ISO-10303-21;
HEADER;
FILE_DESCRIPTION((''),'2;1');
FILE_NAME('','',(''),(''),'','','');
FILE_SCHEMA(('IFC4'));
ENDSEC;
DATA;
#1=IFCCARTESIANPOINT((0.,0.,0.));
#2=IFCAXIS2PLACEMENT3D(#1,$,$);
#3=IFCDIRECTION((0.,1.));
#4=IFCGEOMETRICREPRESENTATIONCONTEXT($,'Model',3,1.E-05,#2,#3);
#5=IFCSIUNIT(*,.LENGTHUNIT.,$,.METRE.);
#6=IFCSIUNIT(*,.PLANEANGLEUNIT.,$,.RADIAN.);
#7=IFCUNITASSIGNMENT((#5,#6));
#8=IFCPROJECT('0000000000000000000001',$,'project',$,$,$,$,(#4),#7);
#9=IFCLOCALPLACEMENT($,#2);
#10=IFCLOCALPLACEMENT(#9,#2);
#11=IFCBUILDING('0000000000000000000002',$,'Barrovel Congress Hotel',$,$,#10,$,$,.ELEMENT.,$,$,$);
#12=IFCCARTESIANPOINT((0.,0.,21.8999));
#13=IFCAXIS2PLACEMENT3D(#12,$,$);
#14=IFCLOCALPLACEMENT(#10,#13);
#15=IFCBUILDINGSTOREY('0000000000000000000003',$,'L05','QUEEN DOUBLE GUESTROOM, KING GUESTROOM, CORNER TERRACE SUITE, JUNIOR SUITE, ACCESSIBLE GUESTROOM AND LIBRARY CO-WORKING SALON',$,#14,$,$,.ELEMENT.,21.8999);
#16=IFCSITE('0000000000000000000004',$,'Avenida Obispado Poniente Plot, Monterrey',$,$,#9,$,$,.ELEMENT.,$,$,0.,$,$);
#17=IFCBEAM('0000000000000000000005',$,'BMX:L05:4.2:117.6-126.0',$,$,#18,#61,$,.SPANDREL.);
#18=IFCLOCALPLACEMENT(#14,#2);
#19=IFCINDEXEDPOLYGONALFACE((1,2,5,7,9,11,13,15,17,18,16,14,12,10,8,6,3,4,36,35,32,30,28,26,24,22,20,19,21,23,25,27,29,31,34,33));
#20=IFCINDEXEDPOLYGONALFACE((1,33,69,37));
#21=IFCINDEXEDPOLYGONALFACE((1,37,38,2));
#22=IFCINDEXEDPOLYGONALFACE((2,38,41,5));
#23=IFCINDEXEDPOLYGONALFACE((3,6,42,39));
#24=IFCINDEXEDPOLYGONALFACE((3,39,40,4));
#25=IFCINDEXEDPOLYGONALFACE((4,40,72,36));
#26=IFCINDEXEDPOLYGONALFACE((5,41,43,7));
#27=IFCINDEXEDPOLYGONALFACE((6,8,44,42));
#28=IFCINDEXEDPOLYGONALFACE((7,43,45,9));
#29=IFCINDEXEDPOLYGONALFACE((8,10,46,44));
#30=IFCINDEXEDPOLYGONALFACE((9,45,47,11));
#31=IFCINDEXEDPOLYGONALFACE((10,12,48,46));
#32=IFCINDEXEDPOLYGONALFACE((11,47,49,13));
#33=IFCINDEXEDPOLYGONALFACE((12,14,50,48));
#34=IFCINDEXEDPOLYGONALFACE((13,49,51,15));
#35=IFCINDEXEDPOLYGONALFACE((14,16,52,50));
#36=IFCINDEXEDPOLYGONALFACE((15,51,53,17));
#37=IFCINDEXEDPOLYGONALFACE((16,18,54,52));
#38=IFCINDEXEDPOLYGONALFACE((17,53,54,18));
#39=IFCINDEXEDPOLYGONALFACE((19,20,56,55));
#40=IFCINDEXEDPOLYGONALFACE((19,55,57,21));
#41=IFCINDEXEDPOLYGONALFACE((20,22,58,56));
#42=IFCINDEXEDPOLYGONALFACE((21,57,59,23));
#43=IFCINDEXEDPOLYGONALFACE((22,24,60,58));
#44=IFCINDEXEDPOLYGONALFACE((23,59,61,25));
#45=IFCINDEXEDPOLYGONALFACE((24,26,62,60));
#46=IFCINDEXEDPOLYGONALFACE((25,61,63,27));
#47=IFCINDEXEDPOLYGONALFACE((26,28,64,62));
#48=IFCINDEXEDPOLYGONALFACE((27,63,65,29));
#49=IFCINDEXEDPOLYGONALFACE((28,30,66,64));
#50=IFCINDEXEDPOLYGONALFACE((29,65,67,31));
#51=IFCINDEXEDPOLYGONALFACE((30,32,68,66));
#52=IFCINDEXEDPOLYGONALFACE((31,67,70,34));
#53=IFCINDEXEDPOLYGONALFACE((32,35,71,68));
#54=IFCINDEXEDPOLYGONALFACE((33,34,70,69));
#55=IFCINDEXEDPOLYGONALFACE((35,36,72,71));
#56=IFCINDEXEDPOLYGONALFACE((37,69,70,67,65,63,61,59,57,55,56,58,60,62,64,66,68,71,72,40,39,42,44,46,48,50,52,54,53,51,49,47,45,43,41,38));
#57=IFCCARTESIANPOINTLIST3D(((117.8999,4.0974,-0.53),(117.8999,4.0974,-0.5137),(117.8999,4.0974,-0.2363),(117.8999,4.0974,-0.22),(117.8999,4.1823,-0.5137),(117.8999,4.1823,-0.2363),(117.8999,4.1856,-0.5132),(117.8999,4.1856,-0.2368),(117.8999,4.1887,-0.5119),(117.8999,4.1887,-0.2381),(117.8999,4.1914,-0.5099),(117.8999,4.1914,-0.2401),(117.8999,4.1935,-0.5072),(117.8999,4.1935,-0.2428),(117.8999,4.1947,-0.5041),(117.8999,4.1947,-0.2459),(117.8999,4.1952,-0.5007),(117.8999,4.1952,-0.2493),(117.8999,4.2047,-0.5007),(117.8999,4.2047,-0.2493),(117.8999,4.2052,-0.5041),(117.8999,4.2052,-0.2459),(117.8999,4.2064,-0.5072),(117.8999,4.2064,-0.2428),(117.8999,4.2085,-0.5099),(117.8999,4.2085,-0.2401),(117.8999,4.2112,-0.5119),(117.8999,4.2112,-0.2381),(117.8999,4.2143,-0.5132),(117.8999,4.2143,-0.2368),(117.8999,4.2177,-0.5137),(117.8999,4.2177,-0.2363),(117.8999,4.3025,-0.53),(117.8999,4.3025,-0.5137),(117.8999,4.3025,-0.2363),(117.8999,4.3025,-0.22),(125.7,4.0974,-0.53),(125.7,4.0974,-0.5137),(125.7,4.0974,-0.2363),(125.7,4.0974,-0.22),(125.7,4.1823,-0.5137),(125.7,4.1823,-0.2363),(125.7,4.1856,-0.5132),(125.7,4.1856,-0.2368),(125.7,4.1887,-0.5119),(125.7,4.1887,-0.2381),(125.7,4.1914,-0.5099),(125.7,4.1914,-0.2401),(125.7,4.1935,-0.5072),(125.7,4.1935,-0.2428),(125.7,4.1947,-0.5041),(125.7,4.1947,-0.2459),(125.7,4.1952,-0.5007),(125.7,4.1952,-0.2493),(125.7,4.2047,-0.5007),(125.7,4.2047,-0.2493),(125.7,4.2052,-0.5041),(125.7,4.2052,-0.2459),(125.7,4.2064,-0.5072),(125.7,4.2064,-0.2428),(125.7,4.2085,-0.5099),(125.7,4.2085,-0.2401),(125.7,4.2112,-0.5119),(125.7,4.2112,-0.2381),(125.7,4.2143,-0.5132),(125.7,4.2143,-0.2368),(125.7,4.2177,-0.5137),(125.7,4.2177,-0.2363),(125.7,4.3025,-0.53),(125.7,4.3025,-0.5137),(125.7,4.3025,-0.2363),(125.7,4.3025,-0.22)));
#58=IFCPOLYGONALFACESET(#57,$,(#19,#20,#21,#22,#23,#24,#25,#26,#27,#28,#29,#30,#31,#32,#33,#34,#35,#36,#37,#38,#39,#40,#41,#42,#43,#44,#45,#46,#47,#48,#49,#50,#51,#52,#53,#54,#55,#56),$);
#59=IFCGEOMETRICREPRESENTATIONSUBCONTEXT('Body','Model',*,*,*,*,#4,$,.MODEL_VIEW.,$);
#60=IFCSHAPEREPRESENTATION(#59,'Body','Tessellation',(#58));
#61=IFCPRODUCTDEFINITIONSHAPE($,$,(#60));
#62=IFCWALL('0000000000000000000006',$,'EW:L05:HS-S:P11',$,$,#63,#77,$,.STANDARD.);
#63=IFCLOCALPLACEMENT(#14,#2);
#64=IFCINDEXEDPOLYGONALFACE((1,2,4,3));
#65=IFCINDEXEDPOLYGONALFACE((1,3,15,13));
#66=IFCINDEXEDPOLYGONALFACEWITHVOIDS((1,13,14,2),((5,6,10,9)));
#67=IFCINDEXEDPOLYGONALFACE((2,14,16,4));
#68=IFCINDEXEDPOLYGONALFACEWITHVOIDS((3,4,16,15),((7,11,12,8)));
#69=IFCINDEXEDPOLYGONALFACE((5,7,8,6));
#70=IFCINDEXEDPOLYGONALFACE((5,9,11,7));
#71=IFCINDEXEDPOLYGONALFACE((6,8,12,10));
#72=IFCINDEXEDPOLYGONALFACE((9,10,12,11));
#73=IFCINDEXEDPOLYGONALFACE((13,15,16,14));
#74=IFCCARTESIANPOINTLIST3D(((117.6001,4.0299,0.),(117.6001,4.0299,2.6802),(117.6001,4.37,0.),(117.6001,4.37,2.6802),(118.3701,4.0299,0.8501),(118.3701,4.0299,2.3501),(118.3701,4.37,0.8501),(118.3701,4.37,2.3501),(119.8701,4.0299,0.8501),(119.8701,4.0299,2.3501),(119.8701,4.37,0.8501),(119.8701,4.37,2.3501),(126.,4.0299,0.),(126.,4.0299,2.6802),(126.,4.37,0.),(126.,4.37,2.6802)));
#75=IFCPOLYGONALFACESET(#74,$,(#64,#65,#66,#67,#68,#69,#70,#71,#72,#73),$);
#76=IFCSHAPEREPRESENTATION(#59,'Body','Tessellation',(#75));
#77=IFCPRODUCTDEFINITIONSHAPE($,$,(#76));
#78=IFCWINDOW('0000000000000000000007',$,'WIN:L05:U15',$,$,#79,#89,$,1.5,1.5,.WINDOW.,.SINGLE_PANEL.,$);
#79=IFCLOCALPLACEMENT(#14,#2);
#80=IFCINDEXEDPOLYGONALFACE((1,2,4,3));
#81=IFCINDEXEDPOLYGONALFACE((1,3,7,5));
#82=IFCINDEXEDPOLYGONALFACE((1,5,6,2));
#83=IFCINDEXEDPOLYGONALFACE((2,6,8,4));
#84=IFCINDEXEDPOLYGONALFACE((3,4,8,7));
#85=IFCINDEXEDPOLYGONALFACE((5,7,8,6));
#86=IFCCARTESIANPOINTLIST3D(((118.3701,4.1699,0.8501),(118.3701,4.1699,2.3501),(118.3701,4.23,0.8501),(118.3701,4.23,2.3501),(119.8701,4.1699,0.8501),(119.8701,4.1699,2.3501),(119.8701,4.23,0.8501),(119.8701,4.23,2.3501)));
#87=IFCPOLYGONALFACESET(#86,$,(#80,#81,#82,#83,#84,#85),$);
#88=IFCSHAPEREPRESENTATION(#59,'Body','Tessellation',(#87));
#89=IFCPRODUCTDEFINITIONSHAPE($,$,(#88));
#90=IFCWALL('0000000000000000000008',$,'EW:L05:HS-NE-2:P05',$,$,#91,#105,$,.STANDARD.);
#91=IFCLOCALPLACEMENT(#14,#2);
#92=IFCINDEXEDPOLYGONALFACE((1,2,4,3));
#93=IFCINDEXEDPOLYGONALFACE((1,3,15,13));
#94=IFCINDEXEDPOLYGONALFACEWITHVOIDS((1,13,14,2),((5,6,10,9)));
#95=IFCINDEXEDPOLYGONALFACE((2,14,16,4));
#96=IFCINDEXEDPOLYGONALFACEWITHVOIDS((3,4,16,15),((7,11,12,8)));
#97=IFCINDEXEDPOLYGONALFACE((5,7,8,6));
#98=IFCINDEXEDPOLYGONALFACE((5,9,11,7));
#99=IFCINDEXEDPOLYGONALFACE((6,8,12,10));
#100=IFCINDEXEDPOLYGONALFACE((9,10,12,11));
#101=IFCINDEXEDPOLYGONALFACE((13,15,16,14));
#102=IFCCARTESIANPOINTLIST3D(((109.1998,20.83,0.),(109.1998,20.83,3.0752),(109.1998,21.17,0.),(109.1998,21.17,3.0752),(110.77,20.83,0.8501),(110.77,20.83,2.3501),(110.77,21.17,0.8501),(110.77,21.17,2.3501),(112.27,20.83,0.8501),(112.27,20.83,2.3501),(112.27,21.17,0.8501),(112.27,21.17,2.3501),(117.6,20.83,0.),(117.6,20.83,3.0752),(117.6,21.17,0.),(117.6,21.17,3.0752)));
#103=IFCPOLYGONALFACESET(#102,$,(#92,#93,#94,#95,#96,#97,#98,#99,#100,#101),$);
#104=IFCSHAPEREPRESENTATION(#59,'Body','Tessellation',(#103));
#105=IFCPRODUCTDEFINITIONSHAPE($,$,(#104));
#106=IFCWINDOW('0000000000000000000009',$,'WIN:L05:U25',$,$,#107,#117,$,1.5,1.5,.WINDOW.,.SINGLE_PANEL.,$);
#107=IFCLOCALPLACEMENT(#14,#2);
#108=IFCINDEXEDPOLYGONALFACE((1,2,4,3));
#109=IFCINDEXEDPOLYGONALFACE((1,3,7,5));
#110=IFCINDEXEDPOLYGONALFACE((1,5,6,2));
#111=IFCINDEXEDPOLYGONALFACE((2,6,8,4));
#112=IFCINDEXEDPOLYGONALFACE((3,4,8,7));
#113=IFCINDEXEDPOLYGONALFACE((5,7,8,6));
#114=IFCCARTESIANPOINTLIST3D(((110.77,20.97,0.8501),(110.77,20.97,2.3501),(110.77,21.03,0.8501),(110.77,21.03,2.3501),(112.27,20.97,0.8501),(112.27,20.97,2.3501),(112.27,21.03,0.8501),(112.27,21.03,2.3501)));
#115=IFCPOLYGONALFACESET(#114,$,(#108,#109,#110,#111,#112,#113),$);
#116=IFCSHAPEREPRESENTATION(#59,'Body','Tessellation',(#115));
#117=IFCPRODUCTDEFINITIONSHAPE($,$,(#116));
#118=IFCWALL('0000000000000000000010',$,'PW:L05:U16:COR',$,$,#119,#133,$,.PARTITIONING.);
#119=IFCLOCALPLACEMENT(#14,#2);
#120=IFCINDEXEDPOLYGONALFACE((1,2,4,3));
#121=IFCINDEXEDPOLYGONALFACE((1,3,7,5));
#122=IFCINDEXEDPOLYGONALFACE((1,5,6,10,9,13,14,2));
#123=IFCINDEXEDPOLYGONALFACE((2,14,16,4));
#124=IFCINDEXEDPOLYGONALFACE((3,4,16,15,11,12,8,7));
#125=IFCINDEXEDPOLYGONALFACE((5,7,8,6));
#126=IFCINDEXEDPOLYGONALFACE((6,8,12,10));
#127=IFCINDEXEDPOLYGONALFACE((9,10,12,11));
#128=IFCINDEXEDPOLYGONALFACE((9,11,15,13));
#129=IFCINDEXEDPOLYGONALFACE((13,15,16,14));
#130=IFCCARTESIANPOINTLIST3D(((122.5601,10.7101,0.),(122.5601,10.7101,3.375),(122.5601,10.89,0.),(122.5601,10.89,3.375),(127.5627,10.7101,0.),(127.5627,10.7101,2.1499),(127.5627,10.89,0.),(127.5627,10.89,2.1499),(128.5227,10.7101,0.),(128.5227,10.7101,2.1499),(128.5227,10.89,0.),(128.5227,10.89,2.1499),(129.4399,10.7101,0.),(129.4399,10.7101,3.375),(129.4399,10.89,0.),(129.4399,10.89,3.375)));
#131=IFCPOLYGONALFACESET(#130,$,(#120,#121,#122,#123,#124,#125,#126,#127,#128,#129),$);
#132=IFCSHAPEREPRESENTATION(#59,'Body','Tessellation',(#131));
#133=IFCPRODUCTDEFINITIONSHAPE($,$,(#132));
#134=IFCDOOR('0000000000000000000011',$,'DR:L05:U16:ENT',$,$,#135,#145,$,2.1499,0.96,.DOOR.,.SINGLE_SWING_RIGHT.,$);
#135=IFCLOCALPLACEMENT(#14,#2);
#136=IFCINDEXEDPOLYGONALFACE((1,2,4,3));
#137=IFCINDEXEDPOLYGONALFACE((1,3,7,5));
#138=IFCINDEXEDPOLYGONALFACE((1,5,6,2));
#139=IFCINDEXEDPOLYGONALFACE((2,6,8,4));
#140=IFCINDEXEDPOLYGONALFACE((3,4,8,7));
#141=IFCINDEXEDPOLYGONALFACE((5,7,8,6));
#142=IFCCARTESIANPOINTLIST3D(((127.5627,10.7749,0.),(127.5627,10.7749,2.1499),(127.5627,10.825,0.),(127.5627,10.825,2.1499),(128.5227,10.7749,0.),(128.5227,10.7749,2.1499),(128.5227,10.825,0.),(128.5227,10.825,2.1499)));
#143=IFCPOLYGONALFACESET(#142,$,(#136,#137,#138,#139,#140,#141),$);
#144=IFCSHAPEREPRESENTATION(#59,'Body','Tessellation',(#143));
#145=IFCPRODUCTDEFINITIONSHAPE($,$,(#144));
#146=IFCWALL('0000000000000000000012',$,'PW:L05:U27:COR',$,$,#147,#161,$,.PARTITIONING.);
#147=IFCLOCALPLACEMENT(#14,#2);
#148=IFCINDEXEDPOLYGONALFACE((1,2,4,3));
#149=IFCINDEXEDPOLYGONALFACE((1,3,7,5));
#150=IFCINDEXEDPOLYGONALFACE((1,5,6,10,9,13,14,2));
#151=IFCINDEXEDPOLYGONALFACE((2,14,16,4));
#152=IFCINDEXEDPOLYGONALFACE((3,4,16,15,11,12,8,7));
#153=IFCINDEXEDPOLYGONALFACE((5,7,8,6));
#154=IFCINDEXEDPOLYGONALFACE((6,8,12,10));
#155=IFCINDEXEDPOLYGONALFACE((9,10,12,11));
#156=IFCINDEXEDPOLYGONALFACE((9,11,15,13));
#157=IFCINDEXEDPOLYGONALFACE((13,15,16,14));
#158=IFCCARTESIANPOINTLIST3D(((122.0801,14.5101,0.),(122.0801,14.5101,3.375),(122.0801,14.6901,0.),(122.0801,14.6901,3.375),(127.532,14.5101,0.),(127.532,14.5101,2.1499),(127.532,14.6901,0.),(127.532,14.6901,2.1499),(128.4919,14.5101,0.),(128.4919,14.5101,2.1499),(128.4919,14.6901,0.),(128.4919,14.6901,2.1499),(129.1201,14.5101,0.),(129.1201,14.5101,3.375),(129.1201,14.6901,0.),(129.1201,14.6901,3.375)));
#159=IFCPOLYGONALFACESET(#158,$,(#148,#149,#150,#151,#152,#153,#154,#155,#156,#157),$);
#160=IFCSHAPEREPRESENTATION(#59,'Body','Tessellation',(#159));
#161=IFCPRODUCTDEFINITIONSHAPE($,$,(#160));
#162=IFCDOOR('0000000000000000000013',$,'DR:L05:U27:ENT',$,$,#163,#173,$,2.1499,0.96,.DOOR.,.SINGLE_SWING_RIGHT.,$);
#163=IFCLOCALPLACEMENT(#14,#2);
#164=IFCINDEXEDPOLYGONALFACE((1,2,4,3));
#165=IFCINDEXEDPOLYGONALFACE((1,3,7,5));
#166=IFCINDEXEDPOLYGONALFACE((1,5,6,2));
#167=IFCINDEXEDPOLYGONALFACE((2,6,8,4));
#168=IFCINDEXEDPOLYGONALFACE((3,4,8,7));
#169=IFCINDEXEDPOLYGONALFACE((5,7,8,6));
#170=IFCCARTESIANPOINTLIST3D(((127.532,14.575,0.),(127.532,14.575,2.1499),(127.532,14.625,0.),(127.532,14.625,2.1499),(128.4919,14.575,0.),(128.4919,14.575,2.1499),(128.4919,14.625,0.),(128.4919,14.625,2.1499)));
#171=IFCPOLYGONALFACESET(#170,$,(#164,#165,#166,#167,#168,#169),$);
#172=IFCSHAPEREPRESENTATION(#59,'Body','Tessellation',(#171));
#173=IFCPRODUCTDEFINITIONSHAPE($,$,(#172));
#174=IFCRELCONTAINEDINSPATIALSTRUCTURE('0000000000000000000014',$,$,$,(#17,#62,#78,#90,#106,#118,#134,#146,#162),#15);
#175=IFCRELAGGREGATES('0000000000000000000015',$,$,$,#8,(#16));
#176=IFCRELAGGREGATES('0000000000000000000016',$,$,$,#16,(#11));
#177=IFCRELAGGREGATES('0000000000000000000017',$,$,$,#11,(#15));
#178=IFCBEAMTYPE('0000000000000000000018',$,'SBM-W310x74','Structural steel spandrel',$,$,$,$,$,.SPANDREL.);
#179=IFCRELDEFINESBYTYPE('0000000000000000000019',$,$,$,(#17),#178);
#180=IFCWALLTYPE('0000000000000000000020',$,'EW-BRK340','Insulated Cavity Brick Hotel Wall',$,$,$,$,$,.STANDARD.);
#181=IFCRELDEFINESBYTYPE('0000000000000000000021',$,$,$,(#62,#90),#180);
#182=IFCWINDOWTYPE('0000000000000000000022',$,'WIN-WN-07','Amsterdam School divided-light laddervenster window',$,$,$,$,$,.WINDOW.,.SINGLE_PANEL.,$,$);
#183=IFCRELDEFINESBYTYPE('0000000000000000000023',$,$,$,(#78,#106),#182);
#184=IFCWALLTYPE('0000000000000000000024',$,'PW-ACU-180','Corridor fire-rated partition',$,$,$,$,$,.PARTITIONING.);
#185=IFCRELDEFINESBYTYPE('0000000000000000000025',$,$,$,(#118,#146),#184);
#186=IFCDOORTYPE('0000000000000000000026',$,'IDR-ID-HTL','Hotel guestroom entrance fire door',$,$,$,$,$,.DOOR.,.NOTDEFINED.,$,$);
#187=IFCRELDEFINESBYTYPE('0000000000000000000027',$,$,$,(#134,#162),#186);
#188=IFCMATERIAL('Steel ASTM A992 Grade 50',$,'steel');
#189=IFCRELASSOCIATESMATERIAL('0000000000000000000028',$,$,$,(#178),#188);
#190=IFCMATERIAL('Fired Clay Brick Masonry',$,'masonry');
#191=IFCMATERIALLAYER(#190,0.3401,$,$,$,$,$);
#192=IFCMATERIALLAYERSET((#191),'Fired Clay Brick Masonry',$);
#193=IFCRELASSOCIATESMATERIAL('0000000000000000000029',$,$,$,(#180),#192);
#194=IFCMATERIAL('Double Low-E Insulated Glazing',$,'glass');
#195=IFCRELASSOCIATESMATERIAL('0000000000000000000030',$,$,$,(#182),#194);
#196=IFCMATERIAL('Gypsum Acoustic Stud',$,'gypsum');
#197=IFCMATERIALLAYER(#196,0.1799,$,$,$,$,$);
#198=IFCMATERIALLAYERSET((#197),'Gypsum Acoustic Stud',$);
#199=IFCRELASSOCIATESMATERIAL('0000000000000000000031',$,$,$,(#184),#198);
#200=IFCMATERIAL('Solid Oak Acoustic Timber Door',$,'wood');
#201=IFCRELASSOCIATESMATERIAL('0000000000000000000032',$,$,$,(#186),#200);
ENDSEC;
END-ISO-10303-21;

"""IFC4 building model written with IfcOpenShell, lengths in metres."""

from ifc_helpers import new_model, si_unit, direction, frame, frame_2d, origin, origin_2d, place, context, subcontext, project, spatial, rectangle, i_section, extrude, material, layer, layer_set, material_profile, profile_set, type_object, element, fill, save


model = new_model("IFC4")

# Units and contexts
model_context = context("Model", 3, precision=1e-05, world=origin(), true_north=direction((0.0, 1.0)))
body_context = subcontext(model_context, "Body", "Model", "MODEL_VIEW")
ifc_project = project(units=[si_unit("LENGTHUNIT", "METRE"), si_unit("PLANEANGLEUNIT", "RADIAN")], contexts=[model_context])

# Site, building, storey
site_placement = place(None, origin())
site = spatial("IfcSite", under=ifc_project, at=site_placement, Name="Avenida Obispado Poniente Plot, Monterrey", CompositionType="ELEMENT", RefElevation=0.0)
building_placement = place(site_placement, origin())
building = spatial("IfcBuilding", under=site, at=building_placement, Name="Barrovel Congress Hotel", CompositionType="ELEMENT")
storey_placement = place(building_placement, frame((0.0, 0.0, 21.8999)))
storey = spatial("IfcBuildingStorey", under=building, at=storey_placement, Name="L05", Description="QUEEN DOUBLE GUESTROOM, KING GUESTROOM, CORNER TERRACE SUITE, JUNIOR SUITE, ACCESSIBLE GUESTROOM AND LIBRARY CO-WORKING SALON", CompositionType="ELEMENT", Elevation=21.8999)

# Beam
ifc_material_1 = material(Name="Steel ASTM A992 Grade 50", Category="steel")
ifc_material_profile_1 = material_profile(ifc_material_1, i_section(OverallWidth=0.2051, OverallDepth=0.3101, WebThickness=0.0095, FlangeThickness=0.0164, FilletRadius=0.0129, at=origin_2d()), Name="W310x74")
ifc_profile_set_1 = profile_set([ifc_material_profile_1], Name="Steel ASTM A992 Grade 50")
beam_type_1 = type_object("IfcBeamType", Name="SBM-W310x74", Description="Structural steel spandrel", PredefinedType="SPANDREL", material=ifc_profile_set_1)
beam_1_placement = place(storey_placement, frame((117.8999, 4.2, -0.375), z_axis=(1.0, 0.0, 0.0), x_axis=(0.0, 1.0, 0.0)))
element("IfcBeam", 1, at=beam_1_placement, inside=storey, type_object=beam_type_1, Name="BMX:L05:4.2:117.6-126.0", PredefinedType="SPANDREL", context=body_context, shape_type="SweptSolid", body=[
    extrude(i_section(OverallWidth=0.2051, OverallDepth=0.3101, WebThickness=0.0095, FlangeThickness=0.0164, FilletRadius=0.0129, at=origin_2d()), origin(), (0.0, 0.0, 1.0), 7.8),
])

# Walls, openings, windows
ifc_material_2 = material(Name="Fired Clay Brick Masonry", Category="masonry")
ifc_layer_1 = layer(ifc_material_2, 0.3401)
ifc_layer_set_1 = layer_set([ifc_layer_1], Name="Fired Clay Brick Masonry")
wall_type_1 = type_object("IfcWallType", Name="EW-BRK340", Description="Insulated Cavity Brick Hotel Wall", PredefinedType="STANDARD", material=ifc_layer_set_1)
wall_1_placement = place(storey_placement, frame((117.6001, 4.2, 0.0), z_axis=(0.0, 0.0, 1.0), x_axis=(1.0, 0.0, 0.0)))
wall_1 = element("IfcWall", 2, at=wall_1_placement, inside=storey, type_object=wall_type_1, Name="EW:L05:HS-S:P11", PredefinedType="STANDARD", context=body_context, shape_type="SweptSolid", body=[
    extrude(rectangle(XDim=8.3999, YDim=0.3401, at=frame_2d((4.2, 0.0))), origin(), (0.0, 0.0, 1.0), 2.6802),
])
opening_1_placement = place(wall_1_placement, frame((0.77, 0.0, 0.8501)))
opening_1 = element("IfcOpeningElement", 3, at=opening_1_placement, cuts=wall_1, PredefinedType="OPENING", context=body_context, shape_type="SweptSolid", body=[
    extrude(rectangle(XDim=1.5, YDim=1.5, at=frame_2d((0.75, 0.75))), frame((0.0, 0.1802, 0.0), z_axis=(0.0, -1.0, 0.0), x_axis=(1.0, 0.0, 0.0)), (0.0, 0.0, 1.0), 0.3601),
])
ifc_material_3 = material(Name="Double Low-E Insulated Glazing", Category="glass")
window_type = type_object("IfcWindowType", Name="WIN-WN-07", Description="Amsterdam School divided-light laddervenster window", PartitioningType="SINGLE_PANEL", PredefinedType="WINDOW", material=ifc_material_3)
window_1_placement = place(opening_1_placement, origin())
window_1 = element("IfcWindow", 4, at=window_1_placement, inside=storey, type_object=window_type, Name="WIN:L05:U15", OverallHeight=1.5, OverallWidth=1.5, PartitioningType="SINGLE_PANEL", PredefinedType="WINDOW", context=body_context, shape_type="SweptSolid", body=[
    extrude(rectangle(XDim=1.5, YDim=1.5, at=frame_2d((0.75, 0.75))), frame((0.0, 0.03, 0.0), z_axis=(0.0, -1.0, 0.0), x_axis=(1.0, 0.0, 0.0)), (0.0, 0.0, 1.0), 0.0601),
])
fill(opening_1, window_1)
wall_2_placement = place(storey_placement, frame((117.6001, 21.0, 0.0), z_axis=(0.0, 0.0, 1.0), x_axis=(-1.0, 0.0, 0.0)))
wall_2 = element("IfcWall", 5, at=wall_2_placement, inside=storey, type_object=wall_type_1, Name="EW:L05:HS-NE-2:P05", PredefinedType="STANDARD", context=body_context, shape_type="SweptSolid", body=[
    extrude(rectangle(XDim=8.4001, YDim=0.3401, at=frame_2d((4.2002, 0.0))), origin(), (0.0, 0.0, 1.0), 3.0752),
])
opening_2_placement = place(wall_2_placement, frame((5.3301, 0.0, 0.8501)))
opening_2 = element("IfcOpeningElement", 6, at=opening_2_placement, cuts=wall_2, PredefinedType="OPENING", context=body_context, shape_type="SweptSolid", body=[
    extrude(rectangle(XDim=1.5, YDim=1.5, at=frame_2d((0.75, 0.75))), frame((0.0, 0.1802, 0.0), z_axis=(0.0, -1.0, 0.0), x_axis=(1.0, 0.0, 0.0)), (0.0, 0.0, 1.0), 0.3601),
])
window_2_placement = place(opening_2_placement, origin())
window_2 = element("IfcWindow", 7, at=window_2_placement, inside=storey, type_object=window_type, Name="WIN:L05:U25", OverallHeight=1.5, OverallWidth=1.5, PartitioningType="SINGLE_PANEL", PredefinedType="WINDOW", context=body_context, shape_type="SweptSolid", body=[
    extrude(rectangle(XDim=1.5, YDim=1.5, at=frame_2d((0.75, 0.75))), frame((0.0, 0.03, 0.0), z_axis=(0.0, -1.0, 0.0), x_axis=(1.0, 0.0, 0.0)), (0.0, 0.0, 1.0), 0.0601),
])
fill(opening_2, window_2)

# Walls, openings, doors
ifc_material_4 = material(Name="Gypsum Acoustic Stud", Category="gypsum")
ifc_layer_2 = layer(ifc_material_4, 0.1799)
ifc_layer_set_2 = layer_set([ifc_layer_2], Name="Gypsum Acoustic Stud")
wall_type_2 = type_object("IfcWallType", Name="PW-ACU-180", Description="Corridor fire-rated partition", PredefinedType="PARTITIONING", material=ifc_layer_set_2)
wall_3_placement = place(storey_placement, frame((122.5601, 10.8, 0.0), z_axis=(0.0, 0.0, 1.0), x_axis=(1.0, 0.0, 0.0)))
wall_3 = element("IfcWall", 8, at=wall_3_placement, inside=storey, type_object=wall_type_2, Name="PW:L05:U16:COR", PredefinedType="PARTITIONING", context=body_context, shape_type="SweptSolid", body=[
    extrude(rectangle(XDim=6.8799, YDim=0.1799, at=frame_2d((3.4399, 0.0))), origin(), (0.0, 0.0, 1.0), 3.375),
])
opening_3_placement = place(wall_3_placement, frame((5.0027, 0.0, 0.0)))
opening_3 = element("IfcOpeningElement", 9, at=opening_3_placement, cuts=wall_3, PredefinedType="OPENING", context=body_context, shape_type="SweptSolid", body=[
    extrude(rectangle(XDim=0.96, YDim=2.1499, at=frame_2d((0.48, 1.075))), frame((0.0, 0.1001, 0.0), z_axis=(0.0, -1.0, 0.0), x_axis=(1.0, 0.0, 0.0)), (0.0, 0.0, 1.0), 0.2),
])
ifc_material_5 = material(Name="Solid Oak Acoustic Timber Door", Category="wood")
door_type_1 = type_object("IfcDoorType", Name="IDR-ID-HTL", Description="Hotel guestroom entrance fire door", OperationType="NOTDEFINED", PredefinedType="DOOR", material=ifc_material_5)
door_1_placement = place(opening_3_placement, origin())
door_1 = element("IfcDoor", 10, at=door_1_placement, inside=storey, type_object=door_type_1, Name="DR:L05:U16:ENT", OperationType="SINGLE_SWING_RIGHT", OverallHeight=2.1499, OverallWidth=0.96, PredefinedType="DOOR", context=body_context, shape_type="SweptSolid", body=[
    extrude(rectangle(XDim=0.96, YDim=2.1499, at=frame_2d((0.48, 1.075))), frame((0.0, 0.0249, 0.0), z_axis=(0.0, -1.0, 0.0), x_axis=(1.0, 0.0, 0.0)), (0.0, 0.0, 1.0), 0.05),
])
fill(opening_3, door_1)
wall_4_placement = place(storey_placement, frame((122.0801, 14.6001, 0.0), z_axis=(0.0, 0.0, 1.0), x_axis=(1.0, 0.0, 0.0)))
wall_4 = element("IfcWall", 11, at=wall_4_placement, inside=storey, type_object=wall_type_2, Name="PW:L05:U27:COR", PredefinedType="PARTITIONING", context=body_context, shape_type="SweptSolid", body=[
    extrude(rectangle(XDim=7.04, YDim=0.1799, at=frame_2d((3.52, 0.0))), origin(), (0.0, 0.0, 1.0), 3.375),
])
opening_4_placement = place(wall_4_placement, frame((5.4519, 0.0, 0.0)))
opening_4 = element("IfcOpeningElement", 12, at=opening_4_placement, cuts=wall_4, PredefinedType="OPENING", context=body_context, shape_type="SweptSolid", body=[
    extrude(rectangle(XDim=0.96, YDim=2.1499, at=frame_2d((0.48, 1.075))), frame((0.0, 0.1001, 0.0), z_axis=(0.0, -1.0, 0.0), x_axis=(1.0, 0.0, 0.0)), (0.0, 0.0, 1.0), 0.2),
])
door_2_placement = place(opening_4_placement, origin())
door_2 = element("IfcDoor", 13, at=door_2_placement, inside=storey, type_object=door_type_1, Name="DR:L05:U27:ENT", OperationType="SINGLE_SWING_RIGHT", OverallHeight=2.1499, OverallWidth=0.96, PredefinedType="DOOR", context=body_context, shape_type="SweptSolid", body=[
    extrude(rectangle(XDim=0.96, YDim=2.1499, at=frame_2d((0.48, 1.075))), frame((0.0, 0.0249, 0.0), z_axis=(0.0, -1.0, 0.0), x_axis=(1.0, 0.0, 0.0)), (0.0, 0.0, 1.0), 0.05),
])
fill(opening_4, door_2)

save(model, "model.ifc")
